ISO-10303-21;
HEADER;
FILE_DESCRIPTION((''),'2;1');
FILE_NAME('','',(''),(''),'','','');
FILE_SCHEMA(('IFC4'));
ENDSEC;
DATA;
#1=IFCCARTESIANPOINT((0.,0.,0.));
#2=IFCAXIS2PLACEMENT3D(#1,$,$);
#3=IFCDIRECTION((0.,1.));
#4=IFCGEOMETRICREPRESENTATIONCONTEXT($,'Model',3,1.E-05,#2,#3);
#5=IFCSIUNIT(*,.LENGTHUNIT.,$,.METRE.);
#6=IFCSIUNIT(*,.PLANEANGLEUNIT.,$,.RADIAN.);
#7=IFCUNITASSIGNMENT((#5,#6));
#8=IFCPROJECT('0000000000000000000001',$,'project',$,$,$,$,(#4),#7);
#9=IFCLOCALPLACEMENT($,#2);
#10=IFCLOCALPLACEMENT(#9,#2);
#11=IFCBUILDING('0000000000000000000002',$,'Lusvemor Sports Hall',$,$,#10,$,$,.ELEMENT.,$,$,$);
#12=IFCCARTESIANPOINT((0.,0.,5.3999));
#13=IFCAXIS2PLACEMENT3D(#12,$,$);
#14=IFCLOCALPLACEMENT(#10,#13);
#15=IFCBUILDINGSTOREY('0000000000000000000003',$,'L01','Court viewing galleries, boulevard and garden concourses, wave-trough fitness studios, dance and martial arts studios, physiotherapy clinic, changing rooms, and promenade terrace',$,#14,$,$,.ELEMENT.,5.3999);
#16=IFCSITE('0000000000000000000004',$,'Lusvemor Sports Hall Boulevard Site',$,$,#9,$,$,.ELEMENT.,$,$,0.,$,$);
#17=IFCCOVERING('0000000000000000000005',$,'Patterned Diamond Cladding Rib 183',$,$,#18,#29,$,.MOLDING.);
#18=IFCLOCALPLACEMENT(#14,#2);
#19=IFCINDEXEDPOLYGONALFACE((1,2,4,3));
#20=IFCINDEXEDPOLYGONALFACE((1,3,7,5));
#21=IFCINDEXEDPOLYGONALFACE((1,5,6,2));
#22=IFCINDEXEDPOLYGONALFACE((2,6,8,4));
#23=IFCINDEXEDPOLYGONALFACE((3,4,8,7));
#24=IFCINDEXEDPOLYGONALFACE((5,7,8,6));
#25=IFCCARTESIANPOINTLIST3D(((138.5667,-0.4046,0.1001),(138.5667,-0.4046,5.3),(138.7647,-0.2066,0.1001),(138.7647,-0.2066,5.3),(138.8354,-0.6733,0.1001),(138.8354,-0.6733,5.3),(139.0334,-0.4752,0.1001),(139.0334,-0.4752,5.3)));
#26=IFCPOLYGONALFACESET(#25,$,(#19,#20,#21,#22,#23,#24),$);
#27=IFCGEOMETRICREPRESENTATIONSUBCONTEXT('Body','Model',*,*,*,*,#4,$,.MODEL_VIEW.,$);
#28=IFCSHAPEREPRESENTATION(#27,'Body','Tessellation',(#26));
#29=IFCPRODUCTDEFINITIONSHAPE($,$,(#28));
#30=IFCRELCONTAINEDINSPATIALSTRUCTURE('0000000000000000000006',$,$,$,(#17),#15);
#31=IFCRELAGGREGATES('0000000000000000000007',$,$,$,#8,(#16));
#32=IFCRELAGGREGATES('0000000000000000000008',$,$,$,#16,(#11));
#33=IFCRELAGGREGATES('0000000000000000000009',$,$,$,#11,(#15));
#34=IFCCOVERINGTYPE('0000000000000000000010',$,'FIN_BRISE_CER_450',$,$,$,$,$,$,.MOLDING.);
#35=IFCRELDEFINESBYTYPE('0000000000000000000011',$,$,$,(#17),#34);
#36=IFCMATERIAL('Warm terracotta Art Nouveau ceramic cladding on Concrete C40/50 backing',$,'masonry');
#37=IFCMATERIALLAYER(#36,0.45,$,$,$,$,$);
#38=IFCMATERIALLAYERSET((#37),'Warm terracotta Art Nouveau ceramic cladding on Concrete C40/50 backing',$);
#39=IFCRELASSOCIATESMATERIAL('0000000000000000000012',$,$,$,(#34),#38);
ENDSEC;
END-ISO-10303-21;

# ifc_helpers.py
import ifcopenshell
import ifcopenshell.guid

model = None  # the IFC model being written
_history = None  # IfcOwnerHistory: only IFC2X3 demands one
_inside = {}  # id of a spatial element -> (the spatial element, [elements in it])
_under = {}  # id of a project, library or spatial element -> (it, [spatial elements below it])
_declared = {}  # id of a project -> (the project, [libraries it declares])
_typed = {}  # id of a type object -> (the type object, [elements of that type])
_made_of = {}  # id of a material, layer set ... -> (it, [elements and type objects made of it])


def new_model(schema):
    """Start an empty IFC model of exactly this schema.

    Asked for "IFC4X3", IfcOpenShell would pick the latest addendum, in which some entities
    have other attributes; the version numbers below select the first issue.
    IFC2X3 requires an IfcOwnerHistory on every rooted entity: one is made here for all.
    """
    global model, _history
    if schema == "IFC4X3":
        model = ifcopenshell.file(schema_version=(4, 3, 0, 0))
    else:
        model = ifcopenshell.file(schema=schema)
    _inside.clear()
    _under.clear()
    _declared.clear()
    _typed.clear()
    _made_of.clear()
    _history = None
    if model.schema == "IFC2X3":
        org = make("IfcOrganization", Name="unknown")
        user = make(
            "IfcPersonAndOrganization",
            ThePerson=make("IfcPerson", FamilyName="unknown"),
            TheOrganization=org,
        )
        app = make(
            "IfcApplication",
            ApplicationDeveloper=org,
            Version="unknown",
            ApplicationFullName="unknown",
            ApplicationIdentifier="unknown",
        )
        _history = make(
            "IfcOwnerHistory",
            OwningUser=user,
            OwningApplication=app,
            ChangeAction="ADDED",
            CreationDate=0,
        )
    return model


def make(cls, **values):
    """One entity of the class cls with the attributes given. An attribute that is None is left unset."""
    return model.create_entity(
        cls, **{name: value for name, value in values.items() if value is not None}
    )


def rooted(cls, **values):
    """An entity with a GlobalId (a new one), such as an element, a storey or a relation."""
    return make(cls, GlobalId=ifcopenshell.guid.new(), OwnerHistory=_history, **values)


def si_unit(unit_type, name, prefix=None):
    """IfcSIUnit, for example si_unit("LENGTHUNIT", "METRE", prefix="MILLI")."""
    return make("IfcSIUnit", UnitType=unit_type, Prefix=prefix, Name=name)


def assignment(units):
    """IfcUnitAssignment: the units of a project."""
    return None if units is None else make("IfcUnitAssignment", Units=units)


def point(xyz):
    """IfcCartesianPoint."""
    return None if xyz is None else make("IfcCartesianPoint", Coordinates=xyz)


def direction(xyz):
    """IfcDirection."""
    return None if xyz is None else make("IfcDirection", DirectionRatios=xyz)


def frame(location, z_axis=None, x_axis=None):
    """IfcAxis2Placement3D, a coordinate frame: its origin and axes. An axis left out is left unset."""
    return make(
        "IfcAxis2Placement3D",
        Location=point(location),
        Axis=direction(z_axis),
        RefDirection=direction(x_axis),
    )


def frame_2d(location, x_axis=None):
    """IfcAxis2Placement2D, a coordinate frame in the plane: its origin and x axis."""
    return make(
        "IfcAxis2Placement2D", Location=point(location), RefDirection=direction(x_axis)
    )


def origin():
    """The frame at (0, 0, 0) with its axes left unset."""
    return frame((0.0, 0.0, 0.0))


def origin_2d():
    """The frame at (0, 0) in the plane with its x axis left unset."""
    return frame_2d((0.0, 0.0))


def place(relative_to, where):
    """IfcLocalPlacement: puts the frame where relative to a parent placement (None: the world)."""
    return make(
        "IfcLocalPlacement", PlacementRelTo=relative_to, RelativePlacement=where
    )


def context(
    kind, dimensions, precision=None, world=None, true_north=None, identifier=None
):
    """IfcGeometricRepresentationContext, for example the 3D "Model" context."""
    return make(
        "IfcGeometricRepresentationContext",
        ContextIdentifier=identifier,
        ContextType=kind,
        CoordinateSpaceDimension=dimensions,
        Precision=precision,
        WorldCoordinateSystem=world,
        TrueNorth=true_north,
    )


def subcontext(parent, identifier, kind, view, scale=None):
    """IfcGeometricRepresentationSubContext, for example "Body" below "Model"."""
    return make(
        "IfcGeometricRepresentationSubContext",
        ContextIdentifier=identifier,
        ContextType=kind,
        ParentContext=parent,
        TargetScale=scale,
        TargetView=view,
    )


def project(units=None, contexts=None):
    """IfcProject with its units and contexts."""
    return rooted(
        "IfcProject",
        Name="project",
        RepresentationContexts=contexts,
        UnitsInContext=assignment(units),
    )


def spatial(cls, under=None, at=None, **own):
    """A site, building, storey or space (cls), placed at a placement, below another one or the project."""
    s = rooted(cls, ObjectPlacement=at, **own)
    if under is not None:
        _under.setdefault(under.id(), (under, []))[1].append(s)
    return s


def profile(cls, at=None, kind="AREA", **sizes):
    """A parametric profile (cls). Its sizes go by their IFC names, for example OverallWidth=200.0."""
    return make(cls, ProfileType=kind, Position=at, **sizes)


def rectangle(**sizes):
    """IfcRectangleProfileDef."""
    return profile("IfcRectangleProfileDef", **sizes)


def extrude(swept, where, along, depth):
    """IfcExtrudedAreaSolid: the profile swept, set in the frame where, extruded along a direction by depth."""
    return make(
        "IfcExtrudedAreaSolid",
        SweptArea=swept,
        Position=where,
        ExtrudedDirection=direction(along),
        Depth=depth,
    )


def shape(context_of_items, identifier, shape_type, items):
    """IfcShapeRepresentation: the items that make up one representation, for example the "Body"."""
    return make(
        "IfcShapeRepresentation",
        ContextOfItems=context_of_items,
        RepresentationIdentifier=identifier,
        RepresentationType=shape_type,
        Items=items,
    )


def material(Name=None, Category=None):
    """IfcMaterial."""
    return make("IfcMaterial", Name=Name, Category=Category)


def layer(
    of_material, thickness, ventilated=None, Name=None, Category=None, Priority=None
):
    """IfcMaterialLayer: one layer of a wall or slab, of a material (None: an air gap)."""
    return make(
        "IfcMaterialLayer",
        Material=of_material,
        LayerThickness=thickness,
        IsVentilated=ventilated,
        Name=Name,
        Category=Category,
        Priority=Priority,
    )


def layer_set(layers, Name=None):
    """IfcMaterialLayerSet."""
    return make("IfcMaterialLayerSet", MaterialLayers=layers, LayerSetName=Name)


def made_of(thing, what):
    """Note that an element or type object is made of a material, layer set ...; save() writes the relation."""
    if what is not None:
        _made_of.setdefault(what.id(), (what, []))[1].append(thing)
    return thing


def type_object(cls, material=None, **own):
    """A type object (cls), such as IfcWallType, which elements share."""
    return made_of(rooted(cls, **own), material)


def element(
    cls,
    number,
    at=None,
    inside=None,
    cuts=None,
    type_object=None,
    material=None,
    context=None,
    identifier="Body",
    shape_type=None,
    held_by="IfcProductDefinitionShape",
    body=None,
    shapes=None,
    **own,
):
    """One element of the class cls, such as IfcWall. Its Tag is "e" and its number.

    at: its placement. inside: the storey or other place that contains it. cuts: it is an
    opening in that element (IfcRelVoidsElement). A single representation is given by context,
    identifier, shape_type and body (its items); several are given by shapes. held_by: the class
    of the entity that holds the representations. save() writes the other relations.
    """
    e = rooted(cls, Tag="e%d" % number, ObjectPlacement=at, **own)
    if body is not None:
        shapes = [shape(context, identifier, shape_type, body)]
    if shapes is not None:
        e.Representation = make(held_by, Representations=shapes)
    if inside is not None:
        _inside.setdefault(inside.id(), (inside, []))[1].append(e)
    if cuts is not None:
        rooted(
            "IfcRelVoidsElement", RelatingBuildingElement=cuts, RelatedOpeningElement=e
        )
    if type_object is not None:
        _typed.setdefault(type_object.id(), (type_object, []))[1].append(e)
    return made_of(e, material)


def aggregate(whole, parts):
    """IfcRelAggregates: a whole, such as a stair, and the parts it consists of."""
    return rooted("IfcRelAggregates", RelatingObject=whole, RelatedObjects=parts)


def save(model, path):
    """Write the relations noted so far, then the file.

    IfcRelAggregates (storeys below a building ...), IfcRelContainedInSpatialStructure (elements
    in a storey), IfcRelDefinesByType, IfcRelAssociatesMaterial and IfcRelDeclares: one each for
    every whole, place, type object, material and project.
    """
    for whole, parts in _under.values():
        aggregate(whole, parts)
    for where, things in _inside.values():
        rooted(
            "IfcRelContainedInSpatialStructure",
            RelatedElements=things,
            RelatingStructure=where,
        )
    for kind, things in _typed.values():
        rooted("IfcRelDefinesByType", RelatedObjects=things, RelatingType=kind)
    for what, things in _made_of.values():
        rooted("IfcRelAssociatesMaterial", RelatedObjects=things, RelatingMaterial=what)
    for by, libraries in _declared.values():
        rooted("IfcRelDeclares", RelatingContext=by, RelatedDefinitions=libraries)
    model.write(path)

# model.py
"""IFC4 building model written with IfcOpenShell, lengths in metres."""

from ifc_helpers import new_model, si_unit, direction, frame, origin, origin_2d, place, context, subcontext, project, spatial, rectangle, extrude, material, layer, layer_set, type_object, element, save


model = new_model("IFC4")

# Units and contexts
model_context = context("Model", 3, precision=1e-05, world=origin(), true_north=direction((0.0, 1.0)))
body_context = subcontext(model_context, "Body", "Model", "MODEL_VIEW")
ifc_project = project(units=[si_unit("LENGTHUNIT", "METRE"), si_unit("PLANEANGLEUNIT", "RADIAN")], contexts=[model_context])

# Site, building, storey
site_placement = place(None, origin())
site = spatial("IfcSite", under=ifc_project, at=site_placement, Name="Lusvemor Sports Hall Boulevard Site", CompositionType="ELEMENT", RefElevation=0.0)
building_placement = place(site_placement, origin())
building = spatial("IfcBuilding", under=site, at=building_placement, Name="Lusvemor Sports Hall", CompositionType="ELEMENT")
storey_placement = place(building_placement, frame((0.0, 0.0, 5.3999)))
storey = spatial("IfcBuildingStorey", under=building, at=storey_placement, Name="L01", Description="Court viewing galleries, boulevard and garden concourses, wave-trough fitness studios, dance and martial arts studios, physiotherapy clinic, changing rooms, and promenade terrace", CompositionType="ELEMENT", Elevation=5.3999)

# Covering
ifc_material_1 = material(Name="Warm terracotta Art Nouveau ceramic cladding on Concrete C40/50 backing", Category="masonry")
ifc_layer_1 = layer(ifc_material_1, 0.45)
ifc_layer_set_1 = layer_set([ifc_layer_1], Name="Warm terracotta Art Nouveau ceramic cladding on Concrete C40/50 backing")
covering_type_1 = type_object("IfcCoveringType", Name="FIN_BRISE_CER_450", PredefinedType="MOLDING", material=ifc_layer_set_1)
for number, where, z_axis, x_axis, name in (
    (1, (138.8, -0.4399, 0.1001), (0.0, 0.0, 1.0), (0.707107, 0.707107, 0.0), "Patterned Diamond Cladding Rib 183"),
):
    element("IfcCovering", number, at=place(storey_placement, frame(where, z_axis=z_axis, x_axis=x_axis)), inside=storey, type_object=covering_type_1, Name=name, PredefinedType="MOLDING", context=body_context, shape_type="SweptSolid", body=[
        extrude(rectangle(XDim=0.28, YDim=0.3799, at=origin_2d()), origin(), (0.0, 0.0, 1.0), 5.2),
    ])

save(model, "model.ifc")
